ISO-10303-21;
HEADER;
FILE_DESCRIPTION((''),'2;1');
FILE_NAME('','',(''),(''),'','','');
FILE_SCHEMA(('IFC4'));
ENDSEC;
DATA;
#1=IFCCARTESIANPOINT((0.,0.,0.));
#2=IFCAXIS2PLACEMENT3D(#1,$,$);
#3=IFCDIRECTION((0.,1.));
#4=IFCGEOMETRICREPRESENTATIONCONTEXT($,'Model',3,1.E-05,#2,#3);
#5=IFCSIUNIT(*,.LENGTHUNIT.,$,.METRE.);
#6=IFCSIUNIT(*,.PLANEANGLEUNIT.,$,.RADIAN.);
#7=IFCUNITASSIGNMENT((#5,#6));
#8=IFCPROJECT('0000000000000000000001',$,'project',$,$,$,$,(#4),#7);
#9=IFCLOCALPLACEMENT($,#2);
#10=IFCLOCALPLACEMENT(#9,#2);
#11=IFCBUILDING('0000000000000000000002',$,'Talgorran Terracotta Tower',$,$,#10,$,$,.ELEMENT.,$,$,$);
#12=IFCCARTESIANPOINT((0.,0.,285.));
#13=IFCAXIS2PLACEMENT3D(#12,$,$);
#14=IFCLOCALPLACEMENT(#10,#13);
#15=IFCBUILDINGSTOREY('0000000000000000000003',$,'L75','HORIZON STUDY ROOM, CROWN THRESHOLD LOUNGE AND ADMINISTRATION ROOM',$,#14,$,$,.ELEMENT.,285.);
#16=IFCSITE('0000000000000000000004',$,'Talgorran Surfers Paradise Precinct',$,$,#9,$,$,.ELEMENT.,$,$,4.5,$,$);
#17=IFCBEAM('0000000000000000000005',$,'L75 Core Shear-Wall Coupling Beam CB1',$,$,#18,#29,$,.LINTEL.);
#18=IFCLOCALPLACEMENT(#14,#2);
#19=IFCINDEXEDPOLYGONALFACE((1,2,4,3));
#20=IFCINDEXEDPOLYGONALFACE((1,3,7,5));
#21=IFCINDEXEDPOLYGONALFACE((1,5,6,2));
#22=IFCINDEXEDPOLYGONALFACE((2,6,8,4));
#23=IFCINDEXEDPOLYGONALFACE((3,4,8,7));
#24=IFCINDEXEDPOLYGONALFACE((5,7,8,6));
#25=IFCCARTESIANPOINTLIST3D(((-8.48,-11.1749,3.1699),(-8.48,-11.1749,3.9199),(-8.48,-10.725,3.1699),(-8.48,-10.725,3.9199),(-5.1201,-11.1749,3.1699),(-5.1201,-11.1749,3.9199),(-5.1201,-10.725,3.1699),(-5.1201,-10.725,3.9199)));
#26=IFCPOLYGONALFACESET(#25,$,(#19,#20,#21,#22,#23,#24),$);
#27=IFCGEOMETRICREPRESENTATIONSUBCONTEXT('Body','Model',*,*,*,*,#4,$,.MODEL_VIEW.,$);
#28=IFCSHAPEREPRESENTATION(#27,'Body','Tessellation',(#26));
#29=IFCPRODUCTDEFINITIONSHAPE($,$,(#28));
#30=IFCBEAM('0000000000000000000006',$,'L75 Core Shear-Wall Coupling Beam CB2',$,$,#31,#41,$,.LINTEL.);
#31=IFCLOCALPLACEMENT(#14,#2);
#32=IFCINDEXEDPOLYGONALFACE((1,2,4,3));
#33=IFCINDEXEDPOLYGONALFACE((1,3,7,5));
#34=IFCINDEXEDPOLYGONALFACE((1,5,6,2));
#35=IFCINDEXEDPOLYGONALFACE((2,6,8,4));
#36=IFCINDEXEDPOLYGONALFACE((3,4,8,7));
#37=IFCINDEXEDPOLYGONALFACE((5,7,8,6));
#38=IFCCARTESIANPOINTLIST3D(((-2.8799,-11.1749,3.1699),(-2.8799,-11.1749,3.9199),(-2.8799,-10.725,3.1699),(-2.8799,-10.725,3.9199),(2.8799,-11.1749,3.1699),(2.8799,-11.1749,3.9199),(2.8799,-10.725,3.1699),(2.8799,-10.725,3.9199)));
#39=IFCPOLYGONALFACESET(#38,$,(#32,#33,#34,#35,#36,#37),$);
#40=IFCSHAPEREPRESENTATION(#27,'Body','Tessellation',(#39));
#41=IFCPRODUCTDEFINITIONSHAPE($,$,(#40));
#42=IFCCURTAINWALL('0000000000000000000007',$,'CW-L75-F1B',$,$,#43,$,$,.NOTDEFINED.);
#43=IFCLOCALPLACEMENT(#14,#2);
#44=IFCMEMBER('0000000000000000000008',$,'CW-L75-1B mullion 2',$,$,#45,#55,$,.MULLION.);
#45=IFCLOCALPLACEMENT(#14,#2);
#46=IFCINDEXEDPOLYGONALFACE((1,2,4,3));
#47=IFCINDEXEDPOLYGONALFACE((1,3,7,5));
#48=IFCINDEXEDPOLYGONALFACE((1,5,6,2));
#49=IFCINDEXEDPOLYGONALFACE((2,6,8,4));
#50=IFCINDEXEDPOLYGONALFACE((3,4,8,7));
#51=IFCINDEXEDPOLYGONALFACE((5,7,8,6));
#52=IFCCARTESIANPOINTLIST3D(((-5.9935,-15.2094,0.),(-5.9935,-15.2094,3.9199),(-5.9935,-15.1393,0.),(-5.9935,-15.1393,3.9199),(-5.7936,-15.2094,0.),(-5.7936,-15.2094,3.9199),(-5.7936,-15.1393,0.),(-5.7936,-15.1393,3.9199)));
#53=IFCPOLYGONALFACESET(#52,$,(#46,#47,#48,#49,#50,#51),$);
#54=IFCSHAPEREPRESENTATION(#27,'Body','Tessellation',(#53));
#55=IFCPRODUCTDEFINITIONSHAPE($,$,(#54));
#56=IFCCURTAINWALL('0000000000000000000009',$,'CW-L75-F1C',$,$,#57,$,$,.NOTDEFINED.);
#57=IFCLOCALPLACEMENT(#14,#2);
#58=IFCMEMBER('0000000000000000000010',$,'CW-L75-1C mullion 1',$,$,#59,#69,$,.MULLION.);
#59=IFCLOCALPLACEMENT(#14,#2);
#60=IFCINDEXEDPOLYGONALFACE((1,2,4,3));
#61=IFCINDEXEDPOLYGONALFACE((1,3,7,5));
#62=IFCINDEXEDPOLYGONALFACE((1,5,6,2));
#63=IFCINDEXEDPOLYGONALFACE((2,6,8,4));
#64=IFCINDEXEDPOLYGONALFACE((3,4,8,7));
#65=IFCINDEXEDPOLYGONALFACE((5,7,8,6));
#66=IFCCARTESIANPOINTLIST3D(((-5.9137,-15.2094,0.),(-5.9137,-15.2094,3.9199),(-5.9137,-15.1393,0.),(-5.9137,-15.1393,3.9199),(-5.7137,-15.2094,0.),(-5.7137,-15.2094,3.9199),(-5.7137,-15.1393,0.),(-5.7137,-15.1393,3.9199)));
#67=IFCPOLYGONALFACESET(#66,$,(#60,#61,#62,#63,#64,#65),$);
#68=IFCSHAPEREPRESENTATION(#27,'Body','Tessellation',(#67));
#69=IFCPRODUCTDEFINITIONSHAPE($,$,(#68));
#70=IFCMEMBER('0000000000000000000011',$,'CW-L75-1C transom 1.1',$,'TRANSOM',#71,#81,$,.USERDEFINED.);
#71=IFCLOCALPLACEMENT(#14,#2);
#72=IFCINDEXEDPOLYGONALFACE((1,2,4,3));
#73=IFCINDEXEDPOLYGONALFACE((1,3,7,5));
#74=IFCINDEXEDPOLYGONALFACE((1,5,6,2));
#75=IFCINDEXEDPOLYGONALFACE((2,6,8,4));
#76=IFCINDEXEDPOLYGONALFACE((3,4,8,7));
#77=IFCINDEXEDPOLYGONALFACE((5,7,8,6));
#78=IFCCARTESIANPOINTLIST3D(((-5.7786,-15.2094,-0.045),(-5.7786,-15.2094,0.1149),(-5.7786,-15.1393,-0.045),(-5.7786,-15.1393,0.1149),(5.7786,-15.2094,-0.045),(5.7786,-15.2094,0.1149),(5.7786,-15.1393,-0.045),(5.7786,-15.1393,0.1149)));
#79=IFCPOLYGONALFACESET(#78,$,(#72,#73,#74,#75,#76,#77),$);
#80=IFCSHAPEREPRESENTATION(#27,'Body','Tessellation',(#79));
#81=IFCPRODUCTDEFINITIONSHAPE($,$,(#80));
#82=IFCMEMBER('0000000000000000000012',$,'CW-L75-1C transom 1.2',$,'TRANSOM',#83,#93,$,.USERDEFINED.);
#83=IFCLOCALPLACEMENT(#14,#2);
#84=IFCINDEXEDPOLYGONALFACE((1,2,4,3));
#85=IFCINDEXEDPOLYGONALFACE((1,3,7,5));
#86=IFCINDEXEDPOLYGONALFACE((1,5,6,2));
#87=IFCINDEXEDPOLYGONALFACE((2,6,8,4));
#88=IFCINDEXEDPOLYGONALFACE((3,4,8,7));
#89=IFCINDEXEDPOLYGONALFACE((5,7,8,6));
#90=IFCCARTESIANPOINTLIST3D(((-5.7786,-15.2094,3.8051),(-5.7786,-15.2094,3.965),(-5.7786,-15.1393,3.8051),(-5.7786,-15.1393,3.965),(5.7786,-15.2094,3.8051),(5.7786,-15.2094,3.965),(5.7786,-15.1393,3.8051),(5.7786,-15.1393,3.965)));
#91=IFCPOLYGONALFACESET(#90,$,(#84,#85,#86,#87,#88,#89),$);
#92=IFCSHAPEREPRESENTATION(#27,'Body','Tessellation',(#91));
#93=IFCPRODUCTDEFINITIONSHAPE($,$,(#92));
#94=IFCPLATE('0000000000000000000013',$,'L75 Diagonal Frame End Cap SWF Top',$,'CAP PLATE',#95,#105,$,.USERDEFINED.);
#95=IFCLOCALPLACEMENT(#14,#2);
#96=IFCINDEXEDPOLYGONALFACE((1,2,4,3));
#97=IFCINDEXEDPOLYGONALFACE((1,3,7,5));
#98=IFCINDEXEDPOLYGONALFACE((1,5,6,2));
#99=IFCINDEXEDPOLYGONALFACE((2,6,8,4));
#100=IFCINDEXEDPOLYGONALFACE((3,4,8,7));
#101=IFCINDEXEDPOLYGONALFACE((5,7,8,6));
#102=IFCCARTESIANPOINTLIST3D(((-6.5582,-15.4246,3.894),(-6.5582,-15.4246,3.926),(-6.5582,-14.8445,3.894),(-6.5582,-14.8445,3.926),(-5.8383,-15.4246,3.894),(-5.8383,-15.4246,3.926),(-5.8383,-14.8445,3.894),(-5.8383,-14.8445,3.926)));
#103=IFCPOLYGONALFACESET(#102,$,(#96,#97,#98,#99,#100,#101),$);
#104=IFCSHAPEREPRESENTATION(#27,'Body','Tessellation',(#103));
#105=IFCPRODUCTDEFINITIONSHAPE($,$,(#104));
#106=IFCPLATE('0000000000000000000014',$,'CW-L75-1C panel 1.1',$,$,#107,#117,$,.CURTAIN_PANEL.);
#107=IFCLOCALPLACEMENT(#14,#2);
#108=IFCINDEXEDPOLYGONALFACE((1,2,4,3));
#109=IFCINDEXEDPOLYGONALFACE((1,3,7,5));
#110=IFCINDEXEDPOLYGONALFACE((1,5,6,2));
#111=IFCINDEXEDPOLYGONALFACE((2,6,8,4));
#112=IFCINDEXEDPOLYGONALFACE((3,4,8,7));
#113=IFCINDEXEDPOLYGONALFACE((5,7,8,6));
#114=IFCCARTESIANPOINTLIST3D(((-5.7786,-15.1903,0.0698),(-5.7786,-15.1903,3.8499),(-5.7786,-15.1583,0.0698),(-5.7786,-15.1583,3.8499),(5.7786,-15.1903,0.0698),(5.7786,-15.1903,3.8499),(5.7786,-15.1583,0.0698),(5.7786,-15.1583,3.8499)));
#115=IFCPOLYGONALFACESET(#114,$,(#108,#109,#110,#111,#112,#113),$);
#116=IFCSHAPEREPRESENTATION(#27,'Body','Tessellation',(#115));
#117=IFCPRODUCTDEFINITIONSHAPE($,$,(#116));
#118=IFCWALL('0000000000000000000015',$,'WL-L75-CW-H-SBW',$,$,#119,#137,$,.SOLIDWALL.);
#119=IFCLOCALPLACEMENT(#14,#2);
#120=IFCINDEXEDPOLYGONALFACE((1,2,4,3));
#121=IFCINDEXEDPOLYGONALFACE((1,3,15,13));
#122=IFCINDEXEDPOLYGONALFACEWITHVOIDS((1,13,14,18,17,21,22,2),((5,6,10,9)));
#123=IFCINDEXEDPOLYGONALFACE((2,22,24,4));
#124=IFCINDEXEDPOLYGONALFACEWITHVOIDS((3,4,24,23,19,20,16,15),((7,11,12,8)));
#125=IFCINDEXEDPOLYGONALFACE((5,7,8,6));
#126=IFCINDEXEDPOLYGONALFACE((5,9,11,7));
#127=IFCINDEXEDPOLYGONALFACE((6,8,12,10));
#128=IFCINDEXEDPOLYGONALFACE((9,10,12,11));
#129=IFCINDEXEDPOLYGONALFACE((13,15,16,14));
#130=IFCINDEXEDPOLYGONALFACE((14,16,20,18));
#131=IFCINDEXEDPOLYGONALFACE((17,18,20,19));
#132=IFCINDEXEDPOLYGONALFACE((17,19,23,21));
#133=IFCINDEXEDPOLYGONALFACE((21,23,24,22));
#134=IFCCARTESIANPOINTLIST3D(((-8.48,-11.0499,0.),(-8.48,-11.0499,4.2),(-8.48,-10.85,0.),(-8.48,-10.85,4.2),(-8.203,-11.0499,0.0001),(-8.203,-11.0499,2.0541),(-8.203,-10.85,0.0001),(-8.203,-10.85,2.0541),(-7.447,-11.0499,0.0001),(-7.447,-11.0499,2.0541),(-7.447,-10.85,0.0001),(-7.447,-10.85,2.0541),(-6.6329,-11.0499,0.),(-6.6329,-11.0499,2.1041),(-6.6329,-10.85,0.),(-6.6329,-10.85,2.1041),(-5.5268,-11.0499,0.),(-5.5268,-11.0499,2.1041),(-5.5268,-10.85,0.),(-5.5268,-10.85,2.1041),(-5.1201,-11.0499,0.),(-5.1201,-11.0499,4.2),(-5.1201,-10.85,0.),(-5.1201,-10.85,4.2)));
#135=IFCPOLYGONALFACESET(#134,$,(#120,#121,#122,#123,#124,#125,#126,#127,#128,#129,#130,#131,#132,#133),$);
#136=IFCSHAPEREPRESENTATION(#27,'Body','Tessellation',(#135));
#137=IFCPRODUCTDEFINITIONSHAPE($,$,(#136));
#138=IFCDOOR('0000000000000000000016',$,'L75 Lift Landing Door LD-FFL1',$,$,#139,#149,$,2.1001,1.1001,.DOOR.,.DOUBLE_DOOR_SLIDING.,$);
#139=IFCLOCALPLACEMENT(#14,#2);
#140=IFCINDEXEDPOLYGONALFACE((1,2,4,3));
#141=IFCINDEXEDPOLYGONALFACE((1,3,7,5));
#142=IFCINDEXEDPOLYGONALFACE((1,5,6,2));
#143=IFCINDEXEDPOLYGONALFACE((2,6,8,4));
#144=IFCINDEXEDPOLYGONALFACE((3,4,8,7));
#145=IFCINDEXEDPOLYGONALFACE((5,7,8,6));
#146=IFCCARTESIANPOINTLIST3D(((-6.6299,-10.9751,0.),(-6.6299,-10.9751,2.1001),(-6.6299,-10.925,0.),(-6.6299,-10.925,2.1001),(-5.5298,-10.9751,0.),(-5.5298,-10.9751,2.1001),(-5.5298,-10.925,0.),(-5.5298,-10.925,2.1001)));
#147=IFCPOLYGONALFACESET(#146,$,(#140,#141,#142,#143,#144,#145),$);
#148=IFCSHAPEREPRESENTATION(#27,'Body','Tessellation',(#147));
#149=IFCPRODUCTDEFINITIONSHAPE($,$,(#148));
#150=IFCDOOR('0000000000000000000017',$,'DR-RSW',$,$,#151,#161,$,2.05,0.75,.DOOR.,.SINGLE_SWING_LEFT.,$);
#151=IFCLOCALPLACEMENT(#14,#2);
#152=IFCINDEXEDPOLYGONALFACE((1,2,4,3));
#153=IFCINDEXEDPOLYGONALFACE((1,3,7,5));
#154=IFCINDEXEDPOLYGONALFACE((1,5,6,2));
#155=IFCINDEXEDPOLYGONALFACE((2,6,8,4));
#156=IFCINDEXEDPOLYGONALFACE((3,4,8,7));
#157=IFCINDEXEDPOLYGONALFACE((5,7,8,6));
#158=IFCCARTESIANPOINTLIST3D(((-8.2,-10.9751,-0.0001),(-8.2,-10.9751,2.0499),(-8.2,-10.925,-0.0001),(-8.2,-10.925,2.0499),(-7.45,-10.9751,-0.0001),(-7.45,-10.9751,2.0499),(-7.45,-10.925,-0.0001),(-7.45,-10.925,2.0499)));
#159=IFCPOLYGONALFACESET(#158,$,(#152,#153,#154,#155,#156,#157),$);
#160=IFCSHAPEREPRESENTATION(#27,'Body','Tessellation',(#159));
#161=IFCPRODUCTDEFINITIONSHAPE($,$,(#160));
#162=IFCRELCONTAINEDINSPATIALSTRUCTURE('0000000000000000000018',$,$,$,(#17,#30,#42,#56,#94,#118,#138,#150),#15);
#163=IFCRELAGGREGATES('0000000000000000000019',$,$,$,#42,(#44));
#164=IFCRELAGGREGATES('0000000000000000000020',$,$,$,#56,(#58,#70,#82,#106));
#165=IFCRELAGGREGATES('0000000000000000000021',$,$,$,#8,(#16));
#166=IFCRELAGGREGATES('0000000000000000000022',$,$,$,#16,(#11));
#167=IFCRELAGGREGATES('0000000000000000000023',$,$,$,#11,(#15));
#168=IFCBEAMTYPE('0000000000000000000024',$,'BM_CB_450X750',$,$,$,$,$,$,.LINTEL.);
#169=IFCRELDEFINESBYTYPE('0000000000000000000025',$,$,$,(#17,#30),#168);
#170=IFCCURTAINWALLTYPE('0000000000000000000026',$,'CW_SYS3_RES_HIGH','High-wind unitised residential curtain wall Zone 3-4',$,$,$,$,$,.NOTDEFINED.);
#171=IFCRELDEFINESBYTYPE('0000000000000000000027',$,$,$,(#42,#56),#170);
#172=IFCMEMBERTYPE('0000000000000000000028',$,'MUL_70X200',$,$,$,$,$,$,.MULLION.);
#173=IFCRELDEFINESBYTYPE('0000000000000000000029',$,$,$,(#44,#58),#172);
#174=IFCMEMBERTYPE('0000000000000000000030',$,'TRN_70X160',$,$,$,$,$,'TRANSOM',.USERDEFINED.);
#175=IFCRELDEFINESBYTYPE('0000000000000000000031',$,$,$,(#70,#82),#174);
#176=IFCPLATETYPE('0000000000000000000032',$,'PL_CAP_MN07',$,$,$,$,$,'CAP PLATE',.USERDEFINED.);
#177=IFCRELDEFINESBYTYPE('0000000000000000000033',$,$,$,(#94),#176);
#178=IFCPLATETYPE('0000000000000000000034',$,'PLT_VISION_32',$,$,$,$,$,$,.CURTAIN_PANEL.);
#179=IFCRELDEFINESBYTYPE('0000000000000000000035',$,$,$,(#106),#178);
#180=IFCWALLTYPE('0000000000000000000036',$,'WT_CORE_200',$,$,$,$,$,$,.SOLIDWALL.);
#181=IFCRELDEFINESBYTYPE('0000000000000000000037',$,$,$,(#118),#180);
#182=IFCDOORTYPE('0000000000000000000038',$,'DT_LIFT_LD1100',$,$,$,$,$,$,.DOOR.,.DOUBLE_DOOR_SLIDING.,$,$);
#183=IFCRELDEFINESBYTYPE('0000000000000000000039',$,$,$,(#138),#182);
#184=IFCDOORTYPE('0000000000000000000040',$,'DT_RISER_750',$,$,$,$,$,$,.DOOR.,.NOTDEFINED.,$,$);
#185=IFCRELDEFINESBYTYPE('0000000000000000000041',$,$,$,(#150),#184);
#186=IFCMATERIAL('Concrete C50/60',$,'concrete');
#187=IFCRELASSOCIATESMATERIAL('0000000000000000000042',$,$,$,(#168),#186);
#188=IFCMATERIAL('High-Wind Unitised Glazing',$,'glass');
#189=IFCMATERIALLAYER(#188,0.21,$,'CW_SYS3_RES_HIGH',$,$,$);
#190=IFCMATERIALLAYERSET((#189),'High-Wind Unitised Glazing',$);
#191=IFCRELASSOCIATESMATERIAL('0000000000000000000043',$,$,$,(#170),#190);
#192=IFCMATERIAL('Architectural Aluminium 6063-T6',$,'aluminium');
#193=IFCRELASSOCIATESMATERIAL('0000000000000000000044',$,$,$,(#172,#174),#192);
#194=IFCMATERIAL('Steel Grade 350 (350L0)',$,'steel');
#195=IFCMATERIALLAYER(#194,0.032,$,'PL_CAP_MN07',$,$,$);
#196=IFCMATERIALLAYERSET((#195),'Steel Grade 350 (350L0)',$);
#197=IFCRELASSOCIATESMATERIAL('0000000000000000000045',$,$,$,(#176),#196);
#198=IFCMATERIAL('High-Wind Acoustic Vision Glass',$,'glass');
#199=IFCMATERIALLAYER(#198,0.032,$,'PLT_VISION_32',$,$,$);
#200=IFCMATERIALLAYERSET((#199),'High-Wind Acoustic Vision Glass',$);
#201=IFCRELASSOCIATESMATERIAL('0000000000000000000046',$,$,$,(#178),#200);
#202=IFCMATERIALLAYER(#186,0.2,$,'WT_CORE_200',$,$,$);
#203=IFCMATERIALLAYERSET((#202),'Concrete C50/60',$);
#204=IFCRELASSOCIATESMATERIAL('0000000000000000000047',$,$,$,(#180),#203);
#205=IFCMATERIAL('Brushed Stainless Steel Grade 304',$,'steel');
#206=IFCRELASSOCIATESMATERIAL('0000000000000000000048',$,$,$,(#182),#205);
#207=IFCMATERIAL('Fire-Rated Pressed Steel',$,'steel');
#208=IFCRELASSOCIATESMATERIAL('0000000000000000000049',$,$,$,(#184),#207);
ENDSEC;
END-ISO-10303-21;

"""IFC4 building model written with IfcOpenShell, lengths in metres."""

from ifc_helpers import new_model, si_unit, direction, frame, frame_2d, origin, origin_2d, place, context, subcontext, project, spatial, rectangle, extrude, source, transform, mapped, material, layer, layer_set, material_profile, profile_set, type_object, type_shapes, element, fill, aggregate, save


model = new_model("IFC4")

# Units and contexts
model_context = context("Model", 3, precision=1e-05, world=origin(), true_north=direction((0.0, 1.0)))
body_context = subcontext(model_context, "Body", "Model", "MODEL_VIEW")
ifc_project = project(units=[si_unit("LENGTHUNIT", "METRE"), si_unit("PLANEANGLEUNIT", "RADIAN")], contexts=[model_context])

# Site, building, storey
site_placement = place(None, origin())
site = spatial("IfcSite", under=ifc_project, at=site_placement, Name="Talgorran Surfers Paradise Precinct", CompositionType="ELEMENT", RefElevation=4.5)
building_placement = place(site_placement, origin())
building = spatial("IfcBuilding", under=site, at=building_placement, Name="Talgorran Terracotta Tower", CompositionType="ELEMENT")
storey_placement = place(building_placement, frame((0.0, 0.0, 285.0)))
storey = spatial("IfcBuildingStorey", under=building, at=storey_placement, Name="L75", Description="HORIZON STUDY ROOM, CROWN THRESHOLD LOUNGE AND ADMINISTRATION ROOM", CompositionType="ELEMENT", Elevation=285.0)

# Beams
ifc_material_1 = material(Name="Concrete C50/60", Category="concrete")
ifc_material_profile_1 = material_profile(ifc_material_1, rectangle(XDim=0.45, YDim=0.75, at=origin_2d()), Name="RCCB450X750")
ifc_profile_set_1 = profile_set([ifc_material_profile_1], Name="Concrete C50/60")
beam_type = type_object("IfcBeamType", Name="BM_CB_450X750", PredefinedType="LINTEL", material=ifc_profile_set_1)
beam_1_placement = place(storey_placement, frame((-8.48, -10.95, 3.5449), z_axis=(1.0, 0.0, 0.0), x_axis=(0.0, 1.0, 0.0)))
element("IfcBeam", 1, at=beam_1_placement, inside=storey, type_object=beam_type, Name="L75 Core Shear-Wall Coupling Beam CB1", PredefinedType="LINTEL", context=body_context, shape_type="SweptSolid", body=[
    extrude(rectangle(XDim=0.45, YDim=0.75, at=origin_2d()), origin(), (0.0, 0.0, 1.0), 3.3599),
])
beam_2_placement = place(storey_placement, frame((-2.8799, -10.95, 3.5449), z_axis=(1.0, 0.0, 0.0), x_axis=(0.0, 1.0, 0.0)))
element("IfcBeam", 2, at=beam_2_placement, inside=storey, type_object=beam_type, Name="L75 Core Shear-Wall Coupling Beam CB2", PredefinedType="LINTEL", context=body_context, shape_type="SweptSolid", body=[
    extrude(rectangle(XDim=0.45, YDim=0.75, at=origin_2d()), origin(), (0.0, 0.0, 1.0), 5.7598),
])

# Curtain wall, member
ifc_material_2 = material(Name="High-Wind Unitised Glazing", Category="glass")
ifc_layer_1 = layer(ifc_material_2, 0.21, Name="CW_SYS3_RES_HIGH")
ifc_layer_set_1 = layer_set([ifc_layer_1], Name="High-Wind Unitised Glazing")
curtain_wall_type = type_object("IfcCurtainWallType", Name="CW_SYS3_RES_HIGH", Description="High-wind unitised residential curtain wall Zone 3-4", PredefinedType="NOTDEFINED", material=ifc_layer_set_1)
curtain_wall_1_placement = place(storey_placement, origin())
curtain_wall_1 = element("IfcCurtainWall", 3, at=curtain_wall_1_placement, inside=storey, type_object=curtain_wall_type, Name="CW-L75-F1B", PredefinedType="NOTDEFINED")
ifc_material_3 = material(Name="Architectural Aluminium 6063-T6", Category="aluminium")
ifc_material_profile_2 = material_profile(ifc_material_3, rectangle(XDim=0.0701, YDim=0.2, at=origin_2d()), Name="CWM70X200")
ifc_profile_set_2 = profile_set([ifc_material_profile_2], Name="Architectural Aluminium 6063-T6")
member_type_1 = type_object("IfcMemberType", Name="MUL_70X200", PredefinedType="MULLION", material=ifc_profile_set_2)
member_1_placement = place(storey_placement, frame((-5.8936, -15.1743, 0.0), z_axis=(0.0, 0.0, 1.0), x_axis=(0.0, 1.0, 0.0)))
member_1 = element("IfcMember", 4, at=member_1_placement, type_object=member_type_1, Name="CW-L75-1B mullion 2", PredefinedType="MULLION", context=body_context, shape_type="SweptSolid", body=[
    extrude(rectangle(XDim=0.0701, YDim=0.2, at=origin_2d()), origin(), (0.0, 0.0, 1.0), 3.9199),
])
aggregate(curtain_wall_1, [member_1])

# Curtain wall, members
curtain_wall_2_placement = place(storey_placement, origin())
curtain_wall_2 = element("IfcCurtainWall", 5, at=curtain_wall_2_placement, inside=storey, type_object=curtain_wall_type, Name="CW-L75-F1C", PredefinedType="NOTDEFINED")
member_2_placement = place(storey_placement, frame((-5.8137, -15.1743, 0.0), z_axis=(0.0, 0.0, 1.0), x_axis=(0.0, 1.0, 0.0)))
member_2 = element("IfcMember", 6, at=member_2_placement, type_object=member_type_1, Name="CW-L75-1C mullion 1", PredefinedType="MULLION", context=body_context, shape_type="SweptSolid", body=[
    extrude(rectangle(XDim=0.0701, YDim=0.2, at=origin_2d()), origin(), (0.0, 0.0, 1.0), 3.9199),
])
ifc_material_profile_3 = material_profile(ifc_material_3, rectangle(XDim=0.0701, YDim=0.1599, at=origin_2d()), Name="CWT70X160")
ifc_profile_set_3 = profile_set([ifc_material_profile_3], Name="Architectural Aluminium 6063-T6")
member_type_2 = type_object("IfcMemberType", Name="TRN_70X160", ElementType="TRANSOM", PredefinedType="USERDEFINED", material=ifc_profile_set_3)
member_3_placement = place(storey_placement, frame((-5.7786, -15.1743, 0.0349), z_axis=(1.0, 0.0, 0.0), x_axis=(0.0, 1.0, 0.0)))
member_3 = element("IfcMember", 7, at=member_3_placement, type_object=member_type_2, Name="CW-L75-1C transom 1.1", ObjectType="TRANSOM", PredefinedType="USERDEFINED", context=body_context, shape_type="SweptSolid", body=[
    extrude(rectangle(XDim=0.0701, YDim=0.1599, at=origin_2d()), origin(), (0.0, 0.0, 1.0), 11.5571),
])
member_4_placement = place(storey_placement, frame((-5.7786, -15.1743, 3.885), z_axis=(1.0, 0.0, 0.0), x_axis=(0.0, 1.0, 0.0)))
member_4 = element("IfcMember", 8, at=member_4_placement, type_object=member_type_2, Name="CW-L75-1C transom 1.2", ObjectType="TRANSOM", PredefinedType="USERDEFINED", context=body_context, shape_type="SweptSolid", body=[
    extrude(rectangle(XDim=0.0701, YDim=0.1599, at=origin_2d()), origin(), (0.0, 0.0, 1.0), 11.5571),
])

# Plates
ifc_material_4 = material(Name="Steel Grade 350 (350L0)", Category="steel")
ifc_layer_2 = layer(ifc_material_4, 0.032, Name="PL_CAP_MN07")
ifc_layer_set_2 = layer_set([ifc_layer_2], Name="Steel Grade 350 (350L0)")
plate_type_1 = type_object("IfcPlateType", Name="PL_CAP_MN07", ElementType="CAP PLATE", PredefinedType="USERDEFINED", material=ifc_layer_set_2)
plate_1_placement = place(storey_placement, frame((-6.1982, -15.1345, 3.894), z_axis=(0.0, 0.0, 1.0), x_axis=(1.0, 0.0, 0.0)))
element("IfcPlate", 9, at=plate_1_placement, inside=storey, type_object=plate_type_1, Name="L75 Diagonal Frame End Cap SWF Top", ObjectType="CAP PLATE", PredefinedType="USERDEFINED", context=body_context, shape_type="SweptSolid", body=[
    extrude(rectangle(XDim=0.72, YDim=0.5801, at=origin_2d()), origin(), (0.0, 0.0, 1.0), 0.032),
])
ifc_material_5 = material(Name="High-Wind Acoustic Vision Glass", Category="glass")
ifc_layer_3 = layer(ifc_material_5, 0.032, Name="PLT_VISION_32")
ifc_layer_set_3 = layer_set([ifc_layer_3], Name="High-Wind Acoustic Vision Glass")
plate_type_2 = type_object("IfcPlateType", Name="PLT_VISION_32", PredefinedType="CURTAIN_PANEL", material=ifc_layer_set_3)
shared_shape = source(origin(), body_context, "Body", "SweptSolid", [
    extrude(rectangle(XDim=11.5571, YDim=0.032, at=origin_2d()), origin(), (0.0, 0.0, 1.0), 3.78),
])
type_shapes(plate_type_2, [shared_shape])
plate_2_placement = place(storey_placement, frame((0.0, -15.1743, 0.0698), z_axis=(0.0, 0.0, 1.0), x_axis=(1.0, 0.0, 0.0)))
plate_2 = element("IfcPlate", 10, at=plate_2_placement, type_object=plate_type_2, Name="CW-L75-1C panel 1.1", PredefinedType="CURTAIN_PANEL", context=body_context, shape_type="MappedRepresentation", body=[
    mapped(shared_shape, transform((0.0, 0.0, 0.0), scale=1.0)),
])
aggregate(curtain_wall_2, [member_2, member_3, member_4, plate_2])

# Wall, openings, doors
ifc_layer_4 = layer(ifc_material_1, 0.2, Name="WT_CORE_200")
ifc_layer_set_4 = layer_set([ifc_layer_4], Name="Concrete C50/60")
wall_type_1 = type_object("IfcWallType", Name="WT_CORE_200", PredefinedType="SOLIDWALL", material=ifc_layer_set_4)
wall_1_placement = place(storey_placement, frame((-8.48, -10.95, 0.0), z_axis=(0.0, 0.0, 1.0), x_axis=(1.0, 0.0, 0.0)))
wall_1 = element("IfcWall", 11, at=wall_1_placement, inside=storey, type_object=wall_type_1, Name="WL-L75-CW-H-SBW", PredefinedType="SOLIDWALL", context=body_context, shape_type="SweptSolid", body=[
    extrude(rectangle(XDim=3.3599, YDim=0.2, at=frame_2d((1.6799, 0.0))), origin(), (0.0, 0.0, 1.0), 4.2),
])
opening_1_placement = place(wall_1_placement, frame((0.28, 0.0, 0.0)))
opening_1 = element("IfcOpeningElement", 12, at=opening_1_placement, cuts=wall_1, PredefinedType="OPENING", context=body_context, shape_type="SweptSolid", body=[
    extrude(rectangle(XDim=0.756, YDim=2.054, at=frame_2d((0.375, 1.0271))), frame((0.0, 0.1099, 0.0), z_axis=(0.0, -1.0, 0.0), x_axis=(1.0, 0.0, 0.0)), (0.0, 0.0, 1.0), 0.22),
])
opening_2_placement = place(wall_1_placement, frame((1.8501, 0.0, 0.0)))
opening_2 = element("IfcOpeningElement", 13, at=opening_2_placement, cuts=wall_1, PredefinedType="OPENING", context=body_context, shape_type="SweptSolid", body=[
    extrude(rectangle(XDim=1.1061, YDim=2.1041, at=frame_2d((0.55, 1.052))), frame((0.0, 0.1099, 0.0), z_axis=(0.0, -1.0, 0.0), x_axis=(1.0, 0.0, 0.0)), (0.0, 0.0, 1.0), 0.22),
])
ifc_material_6 = material(Name="Brushed Stainless Steel Grade 304", Category="steel")
door_type_1 = type_object("IfcDoorType", Name="DT_LIFT_LD1100", OperationType="DOUBLE_DOOR_SLIDING", PredefinedType="DOOR", material=ifc_material_6)
door_1_placement = place(opening_2_placement, origin())
door_1 = element("IfcDoor", 14, at=door_1_placement, inside=storey, type_object=door_type_1, Name="L75 Lift Landing Door LD-FFL1", OperationType="DOUBLE_DOOR_SLIDING", OverallHeight=2.1001, OverallWidth=1.1001, PredefinedType="DOOR", context=body_context, shape_type="SweptSolid", body=[
    extrude(rectangle(XDim=1.1001, YDim=2.1001, at=frame_2d((0.55, 1.05))), frame((0.0, 0.0249, 0.0), z_axis=(0.0, -1.0, 0.0), x_axis=(1.0, 0.0, 0.0)), (0.0, 0.0, 1.0), 0.05),
])
fill(opening_2, door_1)
ifc_material_7 = material(Name="Fire-Rated Pressed Steel", Category="steel")
door_type_2 = type_object("IfcDoorType", Name="DT_RISER_750", OperationType="NOTDEFINED", PredefinedType="DOOR", material=ifc_material_7)
door_2_placement = place(opening_1_placement, origin())
door_2 = element("IfcDoor", 15, at=door_2_placement, inside=storey, type_object=door_type_2, Name="DR-RSW", OperationType="SINGLE_SWING_LEFT", OverallHeight=2.05, OverallWidth=0.75, PredefinedType="DOOR", context=body_context, shape_type="SweptSolid", body=[
    extrude(rectangle(XDim=0.75, YDim=2.05, at=frame_2d((0.375, 1.0249))), frame((0.0, 0.0249, 0.0), z_axis=(0.0, -1.0, 0.0), x_axis=(1.0, 0.0, 0.0)), (0.0, 0.0, 1.0), 0.05),
])
fill(opening_1, door_2)

save(model, "model.ifc")
